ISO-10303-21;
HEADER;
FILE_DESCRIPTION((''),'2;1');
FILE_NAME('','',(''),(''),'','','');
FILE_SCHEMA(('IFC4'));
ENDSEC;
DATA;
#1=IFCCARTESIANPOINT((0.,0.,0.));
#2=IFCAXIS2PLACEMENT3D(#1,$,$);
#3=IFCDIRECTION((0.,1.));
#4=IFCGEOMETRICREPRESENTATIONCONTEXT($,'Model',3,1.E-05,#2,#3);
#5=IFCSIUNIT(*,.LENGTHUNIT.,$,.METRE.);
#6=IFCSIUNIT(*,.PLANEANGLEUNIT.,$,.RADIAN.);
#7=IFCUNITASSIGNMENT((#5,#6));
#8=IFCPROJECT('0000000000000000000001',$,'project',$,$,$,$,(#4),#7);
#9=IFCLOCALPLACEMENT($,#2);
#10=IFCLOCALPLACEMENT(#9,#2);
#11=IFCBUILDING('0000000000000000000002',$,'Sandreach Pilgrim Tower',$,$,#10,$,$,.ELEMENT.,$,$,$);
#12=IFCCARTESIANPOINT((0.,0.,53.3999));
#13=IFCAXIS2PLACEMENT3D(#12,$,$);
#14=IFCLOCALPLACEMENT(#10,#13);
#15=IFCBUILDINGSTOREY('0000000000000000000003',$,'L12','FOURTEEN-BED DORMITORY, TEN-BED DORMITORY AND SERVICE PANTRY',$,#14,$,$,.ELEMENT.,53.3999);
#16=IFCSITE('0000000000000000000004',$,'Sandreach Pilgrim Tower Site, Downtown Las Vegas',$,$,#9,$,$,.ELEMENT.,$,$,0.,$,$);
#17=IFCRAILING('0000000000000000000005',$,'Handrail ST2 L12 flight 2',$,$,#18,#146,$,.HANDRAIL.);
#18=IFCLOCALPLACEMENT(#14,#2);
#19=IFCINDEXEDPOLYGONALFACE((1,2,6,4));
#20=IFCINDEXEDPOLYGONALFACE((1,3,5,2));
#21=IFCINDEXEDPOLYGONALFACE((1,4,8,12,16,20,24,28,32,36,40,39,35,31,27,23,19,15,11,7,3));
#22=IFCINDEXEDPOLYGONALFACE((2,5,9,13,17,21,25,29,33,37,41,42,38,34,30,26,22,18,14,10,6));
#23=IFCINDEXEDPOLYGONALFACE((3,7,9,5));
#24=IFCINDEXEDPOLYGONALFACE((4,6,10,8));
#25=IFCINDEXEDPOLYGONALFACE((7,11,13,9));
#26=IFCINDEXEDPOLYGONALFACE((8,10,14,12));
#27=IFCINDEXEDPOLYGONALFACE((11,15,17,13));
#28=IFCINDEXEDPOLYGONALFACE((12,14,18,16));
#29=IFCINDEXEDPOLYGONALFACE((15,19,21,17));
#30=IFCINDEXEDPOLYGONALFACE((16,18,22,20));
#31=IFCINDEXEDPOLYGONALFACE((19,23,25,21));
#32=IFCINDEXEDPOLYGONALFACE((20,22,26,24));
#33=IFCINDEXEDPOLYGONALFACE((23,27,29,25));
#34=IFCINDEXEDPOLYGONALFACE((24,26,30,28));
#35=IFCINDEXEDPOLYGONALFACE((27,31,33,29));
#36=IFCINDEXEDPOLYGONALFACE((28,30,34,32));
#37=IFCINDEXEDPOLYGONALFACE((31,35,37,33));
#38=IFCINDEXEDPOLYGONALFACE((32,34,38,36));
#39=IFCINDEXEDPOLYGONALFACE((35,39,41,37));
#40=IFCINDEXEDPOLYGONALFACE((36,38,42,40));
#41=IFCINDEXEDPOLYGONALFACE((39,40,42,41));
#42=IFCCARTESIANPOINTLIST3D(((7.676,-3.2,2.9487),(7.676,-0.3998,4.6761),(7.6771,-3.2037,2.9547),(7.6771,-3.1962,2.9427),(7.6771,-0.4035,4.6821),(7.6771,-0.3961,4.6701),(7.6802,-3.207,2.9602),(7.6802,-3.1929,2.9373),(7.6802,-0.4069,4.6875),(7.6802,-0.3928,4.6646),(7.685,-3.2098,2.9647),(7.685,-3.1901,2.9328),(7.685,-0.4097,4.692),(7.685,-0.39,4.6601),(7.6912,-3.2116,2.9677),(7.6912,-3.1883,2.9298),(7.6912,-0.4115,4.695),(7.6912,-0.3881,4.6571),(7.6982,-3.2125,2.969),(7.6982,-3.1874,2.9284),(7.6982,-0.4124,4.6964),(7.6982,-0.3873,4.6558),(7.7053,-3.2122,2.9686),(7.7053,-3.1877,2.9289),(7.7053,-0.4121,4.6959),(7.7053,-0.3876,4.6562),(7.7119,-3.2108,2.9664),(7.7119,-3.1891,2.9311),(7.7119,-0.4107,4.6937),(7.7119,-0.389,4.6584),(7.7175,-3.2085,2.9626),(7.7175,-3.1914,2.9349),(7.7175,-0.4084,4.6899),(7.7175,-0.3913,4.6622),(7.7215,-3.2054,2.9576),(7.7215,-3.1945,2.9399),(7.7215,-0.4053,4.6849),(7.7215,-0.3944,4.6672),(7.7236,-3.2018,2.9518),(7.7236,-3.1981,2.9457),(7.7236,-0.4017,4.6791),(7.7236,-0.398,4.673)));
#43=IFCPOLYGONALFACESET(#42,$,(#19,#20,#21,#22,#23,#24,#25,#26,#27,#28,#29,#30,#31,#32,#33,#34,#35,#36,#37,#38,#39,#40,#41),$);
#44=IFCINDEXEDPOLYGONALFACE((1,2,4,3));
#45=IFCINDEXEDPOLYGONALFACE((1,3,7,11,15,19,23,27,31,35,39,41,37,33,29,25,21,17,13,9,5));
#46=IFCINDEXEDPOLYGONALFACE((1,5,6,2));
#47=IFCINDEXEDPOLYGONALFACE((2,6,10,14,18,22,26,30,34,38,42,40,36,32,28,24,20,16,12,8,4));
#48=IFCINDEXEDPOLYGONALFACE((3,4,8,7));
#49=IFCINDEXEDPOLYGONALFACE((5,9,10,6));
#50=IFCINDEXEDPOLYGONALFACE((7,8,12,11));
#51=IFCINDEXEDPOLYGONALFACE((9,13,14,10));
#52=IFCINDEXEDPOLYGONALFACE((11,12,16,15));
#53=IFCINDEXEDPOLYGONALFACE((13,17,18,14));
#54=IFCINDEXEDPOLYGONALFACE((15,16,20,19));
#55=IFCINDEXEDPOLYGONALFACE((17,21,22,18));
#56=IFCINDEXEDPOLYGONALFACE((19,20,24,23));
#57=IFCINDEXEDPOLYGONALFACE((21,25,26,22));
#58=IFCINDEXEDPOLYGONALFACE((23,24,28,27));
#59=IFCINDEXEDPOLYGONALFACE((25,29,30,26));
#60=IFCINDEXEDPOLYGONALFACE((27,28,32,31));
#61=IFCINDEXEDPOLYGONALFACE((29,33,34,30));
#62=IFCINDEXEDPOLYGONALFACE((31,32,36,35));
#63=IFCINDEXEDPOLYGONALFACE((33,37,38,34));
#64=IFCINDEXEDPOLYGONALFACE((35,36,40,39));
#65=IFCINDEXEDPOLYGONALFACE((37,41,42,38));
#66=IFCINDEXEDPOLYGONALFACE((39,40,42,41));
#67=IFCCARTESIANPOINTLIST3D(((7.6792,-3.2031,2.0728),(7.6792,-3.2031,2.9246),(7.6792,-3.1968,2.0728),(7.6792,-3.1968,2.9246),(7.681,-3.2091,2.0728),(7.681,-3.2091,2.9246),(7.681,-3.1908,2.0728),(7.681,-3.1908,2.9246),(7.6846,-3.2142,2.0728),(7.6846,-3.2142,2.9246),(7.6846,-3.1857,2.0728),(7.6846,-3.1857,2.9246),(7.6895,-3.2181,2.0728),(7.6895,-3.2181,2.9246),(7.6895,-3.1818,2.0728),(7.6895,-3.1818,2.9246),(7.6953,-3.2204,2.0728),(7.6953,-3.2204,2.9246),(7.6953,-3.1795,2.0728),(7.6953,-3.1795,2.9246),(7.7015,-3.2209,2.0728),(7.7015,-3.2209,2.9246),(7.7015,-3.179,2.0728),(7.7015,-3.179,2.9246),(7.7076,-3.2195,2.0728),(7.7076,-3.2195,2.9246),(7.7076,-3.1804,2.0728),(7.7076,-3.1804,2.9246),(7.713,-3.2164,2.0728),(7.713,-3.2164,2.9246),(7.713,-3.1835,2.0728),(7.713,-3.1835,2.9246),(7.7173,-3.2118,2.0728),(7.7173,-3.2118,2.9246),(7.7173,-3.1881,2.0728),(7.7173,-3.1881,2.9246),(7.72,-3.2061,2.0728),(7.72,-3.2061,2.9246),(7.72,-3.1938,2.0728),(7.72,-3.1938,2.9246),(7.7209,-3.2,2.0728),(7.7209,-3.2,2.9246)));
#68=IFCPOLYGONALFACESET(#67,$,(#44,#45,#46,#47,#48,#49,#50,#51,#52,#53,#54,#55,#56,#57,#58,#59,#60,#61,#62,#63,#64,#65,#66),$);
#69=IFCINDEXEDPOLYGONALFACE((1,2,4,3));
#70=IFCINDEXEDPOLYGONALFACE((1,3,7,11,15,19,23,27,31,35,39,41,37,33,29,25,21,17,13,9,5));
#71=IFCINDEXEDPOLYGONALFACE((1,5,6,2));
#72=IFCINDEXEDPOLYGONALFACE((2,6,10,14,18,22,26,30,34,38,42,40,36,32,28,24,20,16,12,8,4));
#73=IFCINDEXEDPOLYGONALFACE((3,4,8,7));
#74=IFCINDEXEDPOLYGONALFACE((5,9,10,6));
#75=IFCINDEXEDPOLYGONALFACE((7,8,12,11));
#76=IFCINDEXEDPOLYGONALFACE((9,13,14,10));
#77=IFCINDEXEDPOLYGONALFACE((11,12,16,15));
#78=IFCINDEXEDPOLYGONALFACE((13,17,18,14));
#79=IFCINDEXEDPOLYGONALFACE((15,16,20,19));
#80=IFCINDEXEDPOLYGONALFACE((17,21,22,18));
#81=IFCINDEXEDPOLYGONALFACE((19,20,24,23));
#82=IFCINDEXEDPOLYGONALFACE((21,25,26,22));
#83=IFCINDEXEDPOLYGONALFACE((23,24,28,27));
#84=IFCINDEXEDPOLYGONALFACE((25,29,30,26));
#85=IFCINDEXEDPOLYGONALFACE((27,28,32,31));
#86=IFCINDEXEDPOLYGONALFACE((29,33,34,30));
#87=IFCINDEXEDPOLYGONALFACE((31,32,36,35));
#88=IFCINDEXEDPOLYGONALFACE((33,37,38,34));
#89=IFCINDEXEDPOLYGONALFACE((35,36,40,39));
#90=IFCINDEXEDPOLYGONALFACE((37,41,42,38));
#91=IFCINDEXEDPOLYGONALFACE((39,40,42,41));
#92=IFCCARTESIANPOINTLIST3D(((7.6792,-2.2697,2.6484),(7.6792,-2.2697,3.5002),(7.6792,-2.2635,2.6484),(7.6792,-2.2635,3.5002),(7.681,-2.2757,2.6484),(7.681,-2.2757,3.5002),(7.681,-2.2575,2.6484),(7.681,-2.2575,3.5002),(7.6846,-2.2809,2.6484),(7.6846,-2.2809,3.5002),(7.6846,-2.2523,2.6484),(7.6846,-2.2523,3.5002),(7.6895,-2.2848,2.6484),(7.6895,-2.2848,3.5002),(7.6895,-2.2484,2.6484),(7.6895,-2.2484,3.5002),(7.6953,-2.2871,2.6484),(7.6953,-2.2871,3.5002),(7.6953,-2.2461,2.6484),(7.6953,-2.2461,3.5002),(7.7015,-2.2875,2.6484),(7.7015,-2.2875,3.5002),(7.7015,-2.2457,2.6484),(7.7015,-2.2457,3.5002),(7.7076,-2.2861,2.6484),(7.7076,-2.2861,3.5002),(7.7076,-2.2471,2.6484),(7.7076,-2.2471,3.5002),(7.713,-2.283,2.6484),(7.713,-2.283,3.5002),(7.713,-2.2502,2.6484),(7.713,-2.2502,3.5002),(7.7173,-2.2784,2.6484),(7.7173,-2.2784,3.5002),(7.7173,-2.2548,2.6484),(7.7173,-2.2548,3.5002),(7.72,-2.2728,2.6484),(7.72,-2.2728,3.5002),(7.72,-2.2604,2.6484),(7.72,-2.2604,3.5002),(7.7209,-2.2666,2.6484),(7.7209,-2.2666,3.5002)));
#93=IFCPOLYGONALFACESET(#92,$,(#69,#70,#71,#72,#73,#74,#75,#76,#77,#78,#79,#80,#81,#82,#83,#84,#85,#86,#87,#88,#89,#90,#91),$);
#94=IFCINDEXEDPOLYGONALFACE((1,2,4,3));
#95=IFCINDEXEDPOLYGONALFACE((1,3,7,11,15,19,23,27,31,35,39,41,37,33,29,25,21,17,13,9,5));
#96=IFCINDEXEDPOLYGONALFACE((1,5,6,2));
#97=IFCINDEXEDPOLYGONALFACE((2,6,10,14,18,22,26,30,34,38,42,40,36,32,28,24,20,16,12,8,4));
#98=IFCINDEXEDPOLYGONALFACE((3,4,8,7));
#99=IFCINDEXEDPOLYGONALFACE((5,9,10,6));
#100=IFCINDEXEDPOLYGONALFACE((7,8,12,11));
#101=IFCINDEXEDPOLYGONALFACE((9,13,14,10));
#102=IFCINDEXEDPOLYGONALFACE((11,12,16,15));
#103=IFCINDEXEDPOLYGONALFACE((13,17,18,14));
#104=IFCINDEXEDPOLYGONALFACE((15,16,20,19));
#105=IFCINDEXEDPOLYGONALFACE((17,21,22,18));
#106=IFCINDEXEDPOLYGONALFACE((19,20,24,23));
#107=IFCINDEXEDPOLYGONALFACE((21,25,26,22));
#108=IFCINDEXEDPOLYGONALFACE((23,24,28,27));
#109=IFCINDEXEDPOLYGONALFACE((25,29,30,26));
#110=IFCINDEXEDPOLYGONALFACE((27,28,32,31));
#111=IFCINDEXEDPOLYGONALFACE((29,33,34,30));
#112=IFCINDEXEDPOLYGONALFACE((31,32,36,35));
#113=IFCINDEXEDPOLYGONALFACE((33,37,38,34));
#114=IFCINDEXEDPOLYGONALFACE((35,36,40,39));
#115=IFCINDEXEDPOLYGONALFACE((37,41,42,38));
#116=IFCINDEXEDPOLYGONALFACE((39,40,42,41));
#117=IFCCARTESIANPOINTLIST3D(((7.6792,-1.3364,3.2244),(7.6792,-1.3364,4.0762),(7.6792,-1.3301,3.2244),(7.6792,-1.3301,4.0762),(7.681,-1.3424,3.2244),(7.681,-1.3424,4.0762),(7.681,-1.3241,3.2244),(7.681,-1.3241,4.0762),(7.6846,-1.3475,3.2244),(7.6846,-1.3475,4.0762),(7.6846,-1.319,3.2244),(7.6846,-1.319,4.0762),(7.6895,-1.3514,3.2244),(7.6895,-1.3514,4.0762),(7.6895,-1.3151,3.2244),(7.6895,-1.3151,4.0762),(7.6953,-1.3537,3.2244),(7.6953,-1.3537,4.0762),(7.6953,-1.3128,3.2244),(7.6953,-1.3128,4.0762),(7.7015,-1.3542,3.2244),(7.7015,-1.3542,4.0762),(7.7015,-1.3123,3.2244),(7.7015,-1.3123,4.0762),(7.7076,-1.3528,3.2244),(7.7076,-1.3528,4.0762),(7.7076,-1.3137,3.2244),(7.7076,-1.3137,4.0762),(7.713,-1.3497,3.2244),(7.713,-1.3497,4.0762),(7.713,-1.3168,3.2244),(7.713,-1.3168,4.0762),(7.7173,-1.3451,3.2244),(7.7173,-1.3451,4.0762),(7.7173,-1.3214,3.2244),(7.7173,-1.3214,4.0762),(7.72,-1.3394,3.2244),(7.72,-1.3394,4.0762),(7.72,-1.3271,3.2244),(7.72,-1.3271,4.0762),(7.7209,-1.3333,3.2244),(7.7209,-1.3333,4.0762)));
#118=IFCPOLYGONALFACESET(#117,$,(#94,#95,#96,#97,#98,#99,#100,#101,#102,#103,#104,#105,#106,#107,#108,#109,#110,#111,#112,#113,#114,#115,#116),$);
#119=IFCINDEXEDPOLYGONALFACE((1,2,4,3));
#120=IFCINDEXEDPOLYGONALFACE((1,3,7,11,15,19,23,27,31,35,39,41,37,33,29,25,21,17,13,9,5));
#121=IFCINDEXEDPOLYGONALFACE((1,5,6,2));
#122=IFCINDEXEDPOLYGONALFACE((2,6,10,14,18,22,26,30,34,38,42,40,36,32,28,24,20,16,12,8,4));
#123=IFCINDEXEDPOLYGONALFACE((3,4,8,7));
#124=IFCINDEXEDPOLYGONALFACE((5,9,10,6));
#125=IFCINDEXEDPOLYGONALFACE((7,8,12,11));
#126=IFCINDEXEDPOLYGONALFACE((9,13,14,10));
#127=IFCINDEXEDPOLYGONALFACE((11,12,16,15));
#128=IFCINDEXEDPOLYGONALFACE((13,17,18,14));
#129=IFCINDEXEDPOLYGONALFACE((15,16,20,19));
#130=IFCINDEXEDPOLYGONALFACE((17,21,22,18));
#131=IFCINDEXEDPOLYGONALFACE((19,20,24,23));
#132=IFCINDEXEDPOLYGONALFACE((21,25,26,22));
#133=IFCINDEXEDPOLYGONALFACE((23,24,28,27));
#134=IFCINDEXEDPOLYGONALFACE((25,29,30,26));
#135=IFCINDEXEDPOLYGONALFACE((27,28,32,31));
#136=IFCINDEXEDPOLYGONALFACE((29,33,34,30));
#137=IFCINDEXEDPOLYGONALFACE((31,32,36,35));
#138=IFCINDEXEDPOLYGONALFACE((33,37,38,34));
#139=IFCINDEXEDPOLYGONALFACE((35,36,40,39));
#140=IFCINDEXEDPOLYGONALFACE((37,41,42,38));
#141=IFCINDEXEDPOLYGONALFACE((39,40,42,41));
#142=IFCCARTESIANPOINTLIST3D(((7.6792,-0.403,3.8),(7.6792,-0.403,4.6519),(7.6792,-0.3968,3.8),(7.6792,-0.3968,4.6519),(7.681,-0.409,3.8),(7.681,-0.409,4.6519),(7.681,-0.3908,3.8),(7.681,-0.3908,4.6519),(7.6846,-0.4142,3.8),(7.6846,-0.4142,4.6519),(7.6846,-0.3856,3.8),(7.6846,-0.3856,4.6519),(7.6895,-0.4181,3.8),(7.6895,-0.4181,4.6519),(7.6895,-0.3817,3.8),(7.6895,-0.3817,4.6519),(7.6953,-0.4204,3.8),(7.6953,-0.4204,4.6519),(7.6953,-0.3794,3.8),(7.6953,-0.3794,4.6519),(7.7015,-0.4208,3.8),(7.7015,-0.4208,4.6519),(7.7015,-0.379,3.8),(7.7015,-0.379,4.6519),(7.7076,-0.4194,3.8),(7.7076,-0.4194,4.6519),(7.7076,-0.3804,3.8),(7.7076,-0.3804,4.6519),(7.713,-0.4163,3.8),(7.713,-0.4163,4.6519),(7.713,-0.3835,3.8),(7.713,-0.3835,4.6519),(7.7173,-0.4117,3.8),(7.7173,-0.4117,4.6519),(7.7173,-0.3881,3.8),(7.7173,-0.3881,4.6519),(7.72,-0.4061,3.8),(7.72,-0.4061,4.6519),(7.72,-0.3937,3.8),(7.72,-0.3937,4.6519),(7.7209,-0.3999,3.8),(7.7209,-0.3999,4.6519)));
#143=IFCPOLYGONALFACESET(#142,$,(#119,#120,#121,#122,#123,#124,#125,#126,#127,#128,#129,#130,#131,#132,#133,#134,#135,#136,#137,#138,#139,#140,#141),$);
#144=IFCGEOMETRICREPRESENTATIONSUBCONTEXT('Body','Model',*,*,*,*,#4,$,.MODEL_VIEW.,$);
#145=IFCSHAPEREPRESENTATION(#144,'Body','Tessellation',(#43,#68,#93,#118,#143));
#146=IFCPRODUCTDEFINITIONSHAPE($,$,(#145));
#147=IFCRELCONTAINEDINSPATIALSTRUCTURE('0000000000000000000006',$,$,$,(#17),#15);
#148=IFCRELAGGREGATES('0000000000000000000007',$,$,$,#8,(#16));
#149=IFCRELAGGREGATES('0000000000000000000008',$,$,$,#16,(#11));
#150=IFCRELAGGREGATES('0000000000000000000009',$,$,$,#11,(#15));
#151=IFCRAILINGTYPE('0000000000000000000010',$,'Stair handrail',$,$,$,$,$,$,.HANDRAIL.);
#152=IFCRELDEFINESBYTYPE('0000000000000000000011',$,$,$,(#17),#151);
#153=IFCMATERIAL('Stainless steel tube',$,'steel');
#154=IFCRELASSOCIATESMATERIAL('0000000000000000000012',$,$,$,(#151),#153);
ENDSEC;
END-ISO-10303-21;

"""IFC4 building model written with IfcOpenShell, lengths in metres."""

from ifc_helpers import new_model, si_unit, direction, frame, origin, origin_2d, place, context, subcontext, project, spatial, circle, extrude, material, type_object, element, save


model = new_model("IFC4")

# Units and contexts
model_context = context("Model", 3, precision=1e-05, world=origin(), true_north=direction((0.0, 1.0)))
body_context = subcontext(model_context, "Body", "Model", "MODEL_VIEW")
ifc_project = project(units=[si_unit("LENGTHUNIT", "METRE"), si_unit("PLANEANGLEUNIT", "RADIAN")], contexts=[model_context])

# Site, building, storey
site_placement = place(None, origin())
site = spatial("IfcSite", under=ifc_project, at=site_placement, Name="Sandreach Pilgrim Tower Site, Downtown Las Vegas", CompositionType="ELEMENT", RefElevation=0.0)
building_placement = place(site_placement, origin())
building = spatial("IfcBuilding", under=site, at=building_placement, Name="Sandreach Pilgrim Tower", CompositionType="ELEMENT")
storey_placement = place(building_placement, frame((0.0, 0.0, 53.3999)))
storey = spatial("IfcBuildingStorey", under=building, at=storey_placement, Name="L12", Description="FOURTEEN-BED DORMITORY, TEN-BED DORMITORY AND SERVICE PANTRY", CompositionType="ELEMENT", Elevation=53.3999)

# Railing
ifc_material_1 = material(Name="Stainless steel tube", Category="steel")
railing_type = type_object("IfcRailingType", Name="Stair handrail", PredefinedType="HANDRAIL", material=ifc_material_1)
for number, where, name in (
    (1, (7.7, -3.2, 2.0728), "Handrail ST2 L12 flight 2"),
):
    element("IfcRailing", number, at=place(storey_placement, frame(where)), inside=storey, type_object=railing_type, Name=name, PredefinedType="HANDRAIL", context=body_context, shape_type="SweptSolid", body=[
        extrude(circle(Radius=0.0239, at=origin_2d()), frame((0.0, 0.0, 0.876), z_axis=(0.0, 0.85109, 0.52502), x_axis=(-1.0, 0.0, 0.0)), (0.0, 0.0, 1.0), 3.29),
        extrude(circle(Radius=0.021, at=origin_2d()), origin(), (0.0, 0.0, 1.0), 0.8518),
        extrude(circle(Radius=0.021, at=origin_2d()), frame((0.0, 0.9333, 0.5757)), (0.0, 0.0, 1.0), 0.8518),
        extrude(circle(Radius=0.021, at=origin_2d()), frame((0.0, 1.8667, 1.1516)), (0.0, 0.0, 1.0), 0.8518),
        extrude(circle(Radius=0.021, at=origin_2d()), frame((0.0, 2.8, 1.7273)), (0.0, 0.0, 1.0), 0.8518),
    ])

save(model, "model.ifc")
